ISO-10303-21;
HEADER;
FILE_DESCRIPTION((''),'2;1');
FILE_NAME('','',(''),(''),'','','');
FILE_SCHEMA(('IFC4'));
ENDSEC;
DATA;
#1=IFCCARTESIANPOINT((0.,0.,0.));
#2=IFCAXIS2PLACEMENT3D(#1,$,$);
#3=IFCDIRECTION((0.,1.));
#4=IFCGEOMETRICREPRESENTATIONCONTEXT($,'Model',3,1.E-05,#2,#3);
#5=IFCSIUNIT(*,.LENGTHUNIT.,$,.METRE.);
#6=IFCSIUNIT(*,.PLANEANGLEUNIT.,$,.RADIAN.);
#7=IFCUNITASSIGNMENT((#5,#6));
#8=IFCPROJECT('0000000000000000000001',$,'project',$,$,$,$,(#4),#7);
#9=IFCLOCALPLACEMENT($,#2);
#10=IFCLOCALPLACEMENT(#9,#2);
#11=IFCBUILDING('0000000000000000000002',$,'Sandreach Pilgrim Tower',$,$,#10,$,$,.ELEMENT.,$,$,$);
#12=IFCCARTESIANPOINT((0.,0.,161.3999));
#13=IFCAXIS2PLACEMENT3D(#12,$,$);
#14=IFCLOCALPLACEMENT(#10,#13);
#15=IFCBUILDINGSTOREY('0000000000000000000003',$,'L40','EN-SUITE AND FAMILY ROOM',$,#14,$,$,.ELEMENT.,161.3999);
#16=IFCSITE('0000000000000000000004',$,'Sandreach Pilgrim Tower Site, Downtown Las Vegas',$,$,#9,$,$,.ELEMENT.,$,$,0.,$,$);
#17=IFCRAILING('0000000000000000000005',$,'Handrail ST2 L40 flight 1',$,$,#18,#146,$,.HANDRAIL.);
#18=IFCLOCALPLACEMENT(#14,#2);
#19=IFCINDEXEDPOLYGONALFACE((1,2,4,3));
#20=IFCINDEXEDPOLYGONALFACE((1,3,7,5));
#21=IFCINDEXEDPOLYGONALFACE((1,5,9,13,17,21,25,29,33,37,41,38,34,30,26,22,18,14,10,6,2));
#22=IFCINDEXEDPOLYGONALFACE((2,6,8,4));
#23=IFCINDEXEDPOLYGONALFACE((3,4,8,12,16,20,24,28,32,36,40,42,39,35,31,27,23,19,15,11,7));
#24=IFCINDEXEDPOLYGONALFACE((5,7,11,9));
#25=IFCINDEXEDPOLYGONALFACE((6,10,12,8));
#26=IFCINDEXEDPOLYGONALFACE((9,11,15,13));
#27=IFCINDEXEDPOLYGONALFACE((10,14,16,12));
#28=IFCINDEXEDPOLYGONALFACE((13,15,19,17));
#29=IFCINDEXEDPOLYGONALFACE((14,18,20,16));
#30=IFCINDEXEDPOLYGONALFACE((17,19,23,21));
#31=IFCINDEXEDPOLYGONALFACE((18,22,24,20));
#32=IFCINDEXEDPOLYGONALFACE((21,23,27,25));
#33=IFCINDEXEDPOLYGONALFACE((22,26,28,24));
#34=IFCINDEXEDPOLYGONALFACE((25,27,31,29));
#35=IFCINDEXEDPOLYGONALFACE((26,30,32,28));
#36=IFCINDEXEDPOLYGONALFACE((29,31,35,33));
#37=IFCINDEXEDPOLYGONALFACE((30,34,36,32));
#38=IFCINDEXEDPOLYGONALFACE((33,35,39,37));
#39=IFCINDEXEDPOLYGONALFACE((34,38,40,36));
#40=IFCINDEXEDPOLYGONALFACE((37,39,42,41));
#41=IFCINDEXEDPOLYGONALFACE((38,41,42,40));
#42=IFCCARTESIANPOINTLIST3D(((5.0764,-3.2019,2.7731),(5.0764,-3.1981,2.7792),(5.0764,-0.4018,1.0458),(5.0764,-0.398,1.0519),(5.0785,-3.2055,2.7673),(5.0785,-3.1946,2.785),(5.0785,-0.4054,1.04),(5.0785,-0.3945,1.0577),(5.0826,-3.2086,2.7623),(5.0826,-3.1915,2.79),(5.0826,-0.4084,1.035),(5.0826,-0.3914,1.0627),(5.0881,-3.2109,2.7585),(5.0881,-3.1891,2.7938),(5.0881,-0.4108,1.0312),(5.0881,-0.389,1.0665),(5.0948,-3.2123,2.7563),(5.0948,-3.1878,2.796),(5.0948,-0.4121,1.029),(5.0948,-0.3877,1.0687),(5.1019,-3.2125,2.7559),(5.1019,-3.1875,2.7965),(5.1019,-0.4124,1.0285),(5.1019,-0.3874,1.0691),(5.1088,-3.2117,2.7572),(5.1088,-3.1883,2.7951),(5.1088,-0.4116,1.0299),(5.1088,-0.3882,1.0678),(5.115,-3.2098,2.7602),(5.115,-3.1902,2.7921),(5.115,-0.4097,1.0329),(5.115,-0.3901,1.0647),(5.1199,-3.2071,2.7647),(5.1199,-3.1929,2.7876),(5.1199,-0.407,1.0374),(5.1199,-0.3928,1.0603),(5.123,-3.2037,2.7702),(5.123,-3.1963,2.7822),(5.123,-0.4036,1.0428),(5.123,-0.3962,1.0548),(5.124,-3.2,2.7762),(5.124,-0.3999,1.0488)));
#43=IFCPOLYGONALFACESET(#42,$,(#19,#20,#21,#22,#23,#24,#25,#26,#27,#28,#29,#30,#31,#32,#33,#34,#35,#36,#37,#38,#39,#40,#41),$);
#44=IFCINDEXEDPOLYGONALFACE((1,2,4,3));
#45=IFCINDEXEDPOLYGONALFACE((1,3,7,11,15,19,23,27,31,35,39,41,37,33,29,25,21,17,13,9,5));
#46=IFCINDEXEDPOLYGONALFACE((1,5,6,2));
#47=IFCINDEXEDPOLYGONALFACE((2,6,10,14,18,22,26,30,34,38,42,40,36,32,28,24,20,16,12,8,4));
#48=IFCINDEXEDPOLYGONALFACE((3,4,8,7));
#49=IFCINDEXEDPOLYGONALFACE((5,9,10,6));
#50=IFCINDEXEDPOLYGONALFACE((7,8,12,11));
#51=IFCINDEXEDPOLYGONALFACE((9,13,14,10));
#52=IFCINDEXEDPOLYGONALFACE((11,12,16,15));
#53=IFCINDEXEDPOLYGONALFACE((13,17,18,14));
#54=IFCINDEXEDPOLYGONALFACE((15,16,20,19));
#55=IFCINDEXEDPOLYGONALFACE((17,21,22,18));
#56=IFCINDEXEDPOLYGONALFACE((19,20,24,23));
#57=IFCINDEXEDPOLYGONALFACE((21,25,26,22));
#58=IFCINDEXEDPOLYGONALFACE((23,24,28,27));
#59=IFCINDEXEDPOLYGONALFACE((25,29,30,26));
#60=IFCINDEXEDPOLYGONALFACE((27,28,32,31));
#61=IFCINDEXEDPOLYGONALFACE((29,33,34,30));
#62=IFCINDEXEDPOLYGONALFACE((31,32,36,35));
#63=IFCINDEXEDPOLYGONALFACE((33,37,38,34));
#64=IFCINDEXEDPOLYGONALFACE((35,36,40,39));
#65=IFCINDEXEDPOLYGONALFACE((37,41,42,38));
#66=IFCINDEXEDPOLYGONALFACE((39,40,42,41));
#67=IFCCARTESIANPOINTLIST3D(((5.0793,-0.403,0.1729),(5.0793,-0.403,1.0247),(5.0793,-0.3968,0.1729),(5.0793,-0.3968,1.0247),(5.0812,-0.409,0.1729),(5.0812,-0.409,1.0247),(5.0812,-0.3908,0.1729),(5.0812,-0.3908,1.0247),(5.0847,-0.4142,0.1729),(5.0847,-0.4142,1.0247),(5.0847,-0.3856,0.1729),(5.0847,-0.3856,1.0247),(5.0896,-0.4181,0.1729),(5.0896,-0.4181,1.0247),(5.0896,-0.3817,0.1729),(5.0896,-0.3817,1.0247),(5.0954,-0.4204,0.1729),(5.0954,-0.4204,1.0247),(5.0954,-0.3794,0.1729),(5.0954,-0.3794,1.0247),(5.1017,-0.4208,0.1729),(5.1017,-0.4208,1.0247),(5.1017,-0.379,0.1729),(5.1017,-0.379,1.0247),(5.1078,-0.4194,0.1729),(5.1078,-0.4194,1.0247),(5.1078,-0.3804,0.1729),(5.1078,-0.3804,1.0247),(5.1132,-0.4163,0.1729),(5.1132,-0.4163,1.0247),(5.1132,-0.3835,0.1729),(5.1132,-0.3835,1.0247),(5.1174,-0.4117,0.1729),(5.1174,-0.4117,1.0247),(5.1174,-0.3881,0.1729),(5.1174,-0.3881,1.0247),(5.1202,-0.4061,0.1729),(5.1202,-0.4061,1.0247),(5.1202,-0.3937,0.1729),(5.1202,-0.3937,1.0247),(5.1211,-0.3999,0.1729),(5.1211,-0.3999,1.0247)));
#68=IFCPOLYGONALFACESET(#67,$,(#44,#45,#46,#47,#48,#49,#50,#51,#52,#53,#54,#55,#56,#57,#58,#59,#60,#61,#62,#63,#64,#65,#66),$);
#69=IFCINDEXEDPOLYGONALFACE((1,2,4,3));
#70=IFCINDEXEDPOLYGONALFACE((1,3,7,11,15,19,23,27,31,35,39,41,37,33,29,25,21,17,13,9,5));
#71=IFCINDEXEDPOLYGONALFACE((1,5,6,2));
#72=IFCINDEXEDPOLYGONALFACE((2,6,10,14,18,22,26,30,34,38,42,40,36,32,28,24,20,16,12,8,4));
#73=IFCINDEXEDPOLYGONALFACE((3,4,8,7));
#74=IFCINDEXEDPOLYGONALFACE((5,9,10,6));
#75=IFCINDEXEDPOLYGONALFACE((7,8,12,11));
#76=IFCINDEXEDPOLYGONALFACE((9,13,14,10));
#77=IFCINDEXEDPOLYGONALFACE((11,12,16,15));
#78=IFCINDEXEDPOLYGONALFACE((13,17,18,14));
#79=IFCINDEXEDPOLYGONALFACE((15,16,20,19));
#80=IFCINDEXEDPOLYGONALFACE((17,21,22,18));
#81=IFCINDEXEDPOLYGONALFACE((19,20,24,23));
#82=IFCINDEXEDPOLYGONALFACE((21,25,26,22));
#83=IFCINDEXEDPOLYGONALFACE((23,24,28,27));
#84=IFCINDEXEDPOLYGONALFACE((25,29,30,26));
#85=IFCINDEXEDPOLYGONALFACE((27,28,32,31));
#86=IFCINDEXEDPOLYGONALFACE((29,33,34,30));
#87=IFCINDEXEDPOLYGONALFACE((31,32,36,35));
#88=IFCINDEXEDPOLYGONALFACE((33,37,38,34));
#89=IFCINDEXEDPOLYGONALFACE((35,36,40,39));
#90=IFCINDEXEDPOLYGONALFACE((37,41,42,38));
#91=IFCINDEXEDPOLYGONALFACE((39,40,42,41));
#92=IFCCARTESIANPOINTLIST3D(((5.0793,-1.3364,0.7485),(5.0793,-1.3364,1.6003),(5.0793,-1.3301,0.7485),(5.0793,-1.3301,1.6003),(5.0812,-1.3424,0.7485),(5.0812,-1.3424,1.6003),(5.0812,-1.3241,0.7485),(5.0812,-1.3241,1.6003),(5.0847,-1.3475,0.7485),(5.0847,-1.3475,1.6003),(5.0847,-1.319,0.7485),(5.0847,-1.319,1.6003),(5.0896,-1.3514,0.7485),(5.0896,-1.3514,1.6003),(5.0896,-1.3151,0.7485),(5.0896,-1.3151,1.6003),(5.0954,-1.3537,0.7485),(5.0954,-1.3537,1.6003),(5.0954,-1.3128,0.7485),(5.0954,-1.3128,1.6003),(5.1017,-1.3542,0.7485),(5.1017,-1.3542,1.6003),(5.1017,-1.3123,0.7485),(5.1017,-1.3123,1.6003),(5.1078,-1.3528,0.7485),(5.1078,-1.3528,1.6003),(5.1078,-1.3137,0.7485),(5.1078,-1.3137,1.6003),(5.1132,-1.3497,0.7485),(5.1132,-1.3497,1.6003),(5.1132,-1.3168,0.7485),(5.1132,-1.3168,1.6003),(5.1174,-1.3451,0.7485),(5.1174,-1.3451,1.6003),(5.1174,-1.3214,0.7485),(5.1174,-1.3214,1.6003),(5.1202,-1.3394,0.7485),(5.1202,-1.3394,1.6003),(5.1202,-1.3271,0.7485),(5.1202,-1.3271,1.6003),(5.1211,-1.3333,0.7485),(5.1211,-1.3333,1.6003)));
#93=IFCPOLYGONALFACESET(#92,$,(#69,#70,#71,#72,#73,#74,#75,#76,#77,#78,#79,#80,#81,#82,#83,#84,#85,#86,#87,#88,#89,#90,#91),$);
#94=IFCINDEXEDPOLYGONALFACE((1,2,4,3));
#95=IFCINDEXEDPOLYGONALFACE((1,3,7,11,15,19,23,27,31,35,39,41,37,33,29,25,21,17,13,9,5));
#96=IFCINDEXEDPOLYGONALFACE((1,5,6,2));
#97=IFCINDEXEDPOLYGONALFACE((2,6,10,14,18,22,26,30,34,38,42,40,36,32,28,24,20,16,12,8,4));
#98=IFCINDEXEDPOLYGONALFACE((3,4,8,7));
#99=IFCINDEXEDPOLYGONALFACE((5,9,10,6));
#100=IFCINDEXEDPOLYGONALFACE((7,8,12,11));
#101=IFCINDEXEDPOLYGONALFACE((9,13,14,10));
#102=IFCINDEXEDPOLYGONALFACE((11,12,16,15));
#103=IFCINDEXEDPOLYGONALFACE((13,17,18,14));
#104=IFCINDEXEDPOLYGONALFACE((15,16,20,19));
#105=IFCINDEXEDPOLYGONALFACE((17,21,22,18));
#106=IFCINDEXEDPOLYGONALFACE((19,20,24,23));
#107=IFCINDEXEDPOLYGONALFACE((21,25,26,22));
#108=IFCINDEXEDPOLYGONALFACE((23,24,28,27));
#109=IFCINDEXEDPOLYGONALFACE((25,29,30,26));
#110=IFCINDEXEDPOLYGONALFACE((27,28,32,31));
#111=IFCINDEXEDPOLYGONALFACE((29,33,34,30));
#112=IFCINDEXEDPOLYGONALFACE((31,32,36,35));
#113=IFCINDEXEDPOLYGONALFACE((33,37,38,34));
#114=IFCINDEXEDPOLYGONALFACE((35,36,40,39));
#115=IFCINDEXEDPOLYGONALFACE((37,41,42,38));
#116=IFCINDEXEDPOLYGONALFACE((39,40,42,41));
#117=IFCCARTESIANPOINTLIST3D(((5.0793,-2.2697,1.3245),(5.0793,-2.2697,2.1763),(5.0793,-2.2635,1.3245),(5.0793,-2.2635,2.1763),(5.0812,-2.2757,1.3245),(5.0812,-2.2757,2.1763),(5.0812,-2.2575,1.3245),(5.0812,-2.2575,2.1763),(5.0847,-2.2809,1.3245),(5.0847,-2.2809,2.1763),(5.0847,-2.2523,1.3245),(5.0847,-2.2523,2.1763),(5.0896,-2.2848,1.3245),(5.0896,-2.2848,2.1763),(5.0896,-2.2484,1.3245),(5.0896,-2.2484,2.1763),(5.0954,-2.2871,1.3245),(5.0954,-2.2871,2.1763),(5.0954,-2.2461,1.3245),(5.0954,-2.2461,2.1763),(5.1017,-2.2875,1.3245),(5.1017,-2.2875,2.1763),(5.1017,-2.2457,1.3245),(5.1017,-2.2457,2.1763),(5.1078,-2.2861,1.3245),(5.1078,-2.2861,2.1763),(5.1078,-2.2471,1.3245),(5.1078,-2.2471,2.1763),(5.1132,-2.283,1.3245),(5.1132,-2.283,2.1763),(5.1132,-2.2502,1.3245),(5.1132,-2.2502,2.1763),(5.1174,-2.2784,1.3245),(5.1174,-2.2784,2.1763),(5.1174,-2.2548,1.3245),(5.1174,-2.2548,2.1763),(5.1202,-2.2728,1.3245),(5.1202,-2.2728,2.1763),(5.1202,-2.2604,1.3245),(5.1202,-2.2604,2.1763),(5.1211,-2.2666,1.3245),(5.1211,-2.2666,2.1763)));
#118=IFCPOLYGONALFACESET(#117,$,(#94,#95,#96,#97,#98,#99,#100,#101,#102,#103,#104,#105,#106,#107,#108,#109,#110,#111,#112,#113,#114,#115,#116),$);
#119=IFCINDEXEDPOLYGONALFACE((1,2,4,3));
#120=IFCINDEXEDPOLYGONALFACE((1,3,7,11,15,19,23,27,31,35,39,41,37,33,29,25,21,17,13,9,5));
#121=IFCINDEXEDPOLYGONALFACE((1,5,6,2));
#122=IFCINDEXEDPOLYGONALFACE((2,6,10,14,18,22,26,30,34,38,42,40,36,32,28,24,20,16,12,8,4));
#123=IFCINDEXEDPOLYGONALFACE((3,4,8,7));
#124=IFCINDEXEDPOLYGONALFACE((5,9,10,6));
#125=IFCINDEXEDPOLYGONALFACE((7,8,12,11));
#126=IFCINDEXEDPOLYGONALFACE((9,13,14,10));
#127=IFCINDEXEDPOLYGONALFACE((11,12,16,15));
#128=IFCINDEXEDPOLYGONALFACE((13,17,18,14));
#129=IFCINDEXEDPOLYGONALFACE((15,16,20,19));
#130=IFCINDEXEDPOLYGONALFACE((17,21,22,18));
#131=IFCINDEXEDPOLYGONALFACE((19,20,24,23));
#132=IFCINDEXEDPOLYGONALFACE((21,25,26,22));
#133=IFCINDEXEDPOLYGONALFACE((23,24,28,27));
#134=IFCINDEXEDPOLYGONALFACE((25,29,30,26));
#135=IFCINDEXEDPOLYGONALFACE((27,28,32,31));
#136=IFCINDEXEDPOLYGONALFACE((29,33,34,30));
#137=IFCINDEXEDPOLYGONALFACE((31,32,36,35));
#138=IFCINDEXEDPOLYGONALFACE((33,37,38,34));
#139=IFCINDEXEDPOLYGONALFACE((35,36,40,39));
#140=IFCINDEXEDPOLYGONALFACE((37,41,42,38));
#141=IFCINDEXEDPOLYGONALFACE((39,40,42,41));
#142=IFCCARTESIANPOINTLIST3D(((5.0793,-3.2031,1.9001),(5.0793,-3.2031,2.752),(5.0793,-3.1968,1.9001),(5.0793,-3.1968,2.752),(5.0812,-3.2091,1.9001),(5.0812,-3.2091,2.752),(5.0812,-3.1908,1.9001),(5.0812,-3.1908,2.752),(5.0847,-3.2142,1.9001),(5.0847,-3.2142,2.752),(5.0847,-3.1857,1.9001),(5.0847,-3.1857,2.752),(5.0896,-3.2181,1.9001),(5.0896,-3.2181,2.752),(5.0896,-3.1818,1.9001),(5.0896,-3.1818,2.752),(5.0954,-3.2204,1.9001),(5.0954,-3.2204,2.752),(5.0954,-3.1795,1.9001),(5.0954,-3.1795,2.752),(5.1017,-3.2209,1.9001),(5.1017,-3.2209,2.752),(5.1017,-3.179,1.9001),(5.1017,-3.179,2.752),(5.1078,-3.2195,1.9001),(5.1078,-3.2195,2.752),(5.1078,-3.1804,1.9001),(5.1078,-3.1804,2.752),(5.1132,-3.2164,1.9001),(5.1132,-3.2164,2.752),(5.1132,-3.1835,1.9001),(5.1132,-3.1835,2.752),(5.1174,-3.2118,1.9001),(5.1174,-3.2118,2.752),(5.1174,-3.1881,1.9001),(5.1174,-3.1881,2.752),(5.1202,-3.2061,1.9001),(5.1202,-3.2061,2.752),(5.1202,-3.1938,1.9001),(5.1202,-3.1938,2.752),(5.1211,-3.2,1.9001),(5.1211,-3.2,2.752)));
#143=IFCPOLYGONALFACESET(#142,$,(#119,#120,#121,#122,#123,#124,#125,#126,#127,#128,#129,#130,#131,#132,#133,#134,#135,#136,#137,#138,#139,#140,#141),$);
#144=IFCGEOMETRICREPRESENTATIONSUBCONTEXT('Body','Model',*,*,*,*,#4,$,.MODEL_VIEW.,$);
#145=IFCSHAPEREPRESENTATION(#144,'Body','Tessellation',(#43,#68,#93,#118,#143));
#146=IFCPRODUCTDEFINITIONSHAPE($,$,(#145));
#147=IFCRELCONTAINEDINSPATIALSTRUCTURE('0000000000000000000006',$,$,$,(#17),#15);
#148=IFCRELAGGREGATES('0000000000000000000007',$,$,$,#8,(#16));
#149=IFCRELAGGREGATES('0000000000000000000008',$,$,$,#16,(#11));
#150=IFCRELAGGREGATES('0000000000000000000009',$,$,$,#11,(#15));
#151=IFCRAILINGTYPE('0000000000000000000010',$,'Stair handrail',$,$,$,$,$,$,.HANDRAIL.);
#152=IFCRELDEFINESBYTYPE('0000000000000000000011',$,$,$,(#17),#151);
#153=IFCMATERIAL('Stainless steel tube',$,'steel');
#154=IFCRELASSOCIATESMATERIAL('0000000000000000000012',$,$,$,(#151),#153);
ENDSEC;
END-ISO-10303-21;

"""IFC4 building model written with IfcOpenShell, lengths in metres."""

from ifc_helpers import new_model, si_unit, direction, frame, origin, origin_2d, place, context, subcontext, project, spatial, circle, extrude, material, type_object, element, save


model = new_model("IFC4")

# Units and contexts
model_context = context("Model", 3, precision=1e-05, world=origin(), true_north=direction((0.0, 1.0)))
body_context = subcontext(model_context, "Body", "Model", "MODEL_VIEW")
ifc_project = project(units=[si_unit("LENGTHUNIT", "METRE"), si_unit("PLANEANGLEUNIT", "RADIAN")], contexts=[model_context])

# Site, building, storey
site_placement = place(None, origin())
site = spatial("IfcSite", under=ifc_project, at=site_placement, Name="Sandreach Pilgrim Tower Site, Downtown Las Vegas", CompositionType="ELEMENT", RefElevation=0.0)
building_placement = place(site_placement, origin())
building = spatial("IfcBuilding", under=site, at=building_placement, Name="Sandreach Pilgrim Tower", CompositionType="ELEMENT")
storey_placement = place(building_placement, frame((0.0, 0.0, 161.3999)))
storey = spatial("IfcBuildingStorey", under=building, at=storey_placement, Name="L40", Description="EN-SUITE AND FAMILY ROOM", CompositionType="ELEMENT", Elevation=161.3999)

# Railing
ifc_material_1 = material(Name="Stainless steel tube", Category="steel")
railing_type = type_object("IfcRailingType", Name="Stair handrail", PredefinedType="HANDRAIL", material=ifc_material_1)
for number, where, name in (
    (1, (5.1001, -0.3999, 0.1729), "Handrail ST2 L40 flight 1"),
):
    element("IfcRailing", number, at=place(storey_placement, frame(where)), inside=storey, type_object=railing_type, Name=name, PredefinedType="HANDRAIL", context=body_context, shape_type="SweptSolid", body=[
        extrude(circle(Radius=0.0239, at=origin_2d()), frame((0.0, 0.0, 0.876), z_axis=(0.0, -0.85109, 0.52502), x_axis=(1.0, 0.0, 0.0)), (0.0, 0.0, 1.0), 3.29),
        extrude(circle(Radius=0.021, at=origin_2d()), origin(), (0.0, 0.0, 1.0), 0.8518),
        extrude(circle(Radius=0.021, at=origin_2d()), frame((0.0, -0.9333, 0.5757)), (0.0, 0.0, 1.0), 0.8518),
        extrude(circle(Radius=0.021, at=origin_2d()), frame((0.0, -1.8667, 1.1516)), (0.0, 0.0, 1.0), 0.8518),
        extrude(circle(Radius=0.021, at=origin_2d()), frame((0.0, -2.8, 1.7273)), (0.0, 0.0, 1.0), 0.8518),
    ])

save(model, "model.ifc")
